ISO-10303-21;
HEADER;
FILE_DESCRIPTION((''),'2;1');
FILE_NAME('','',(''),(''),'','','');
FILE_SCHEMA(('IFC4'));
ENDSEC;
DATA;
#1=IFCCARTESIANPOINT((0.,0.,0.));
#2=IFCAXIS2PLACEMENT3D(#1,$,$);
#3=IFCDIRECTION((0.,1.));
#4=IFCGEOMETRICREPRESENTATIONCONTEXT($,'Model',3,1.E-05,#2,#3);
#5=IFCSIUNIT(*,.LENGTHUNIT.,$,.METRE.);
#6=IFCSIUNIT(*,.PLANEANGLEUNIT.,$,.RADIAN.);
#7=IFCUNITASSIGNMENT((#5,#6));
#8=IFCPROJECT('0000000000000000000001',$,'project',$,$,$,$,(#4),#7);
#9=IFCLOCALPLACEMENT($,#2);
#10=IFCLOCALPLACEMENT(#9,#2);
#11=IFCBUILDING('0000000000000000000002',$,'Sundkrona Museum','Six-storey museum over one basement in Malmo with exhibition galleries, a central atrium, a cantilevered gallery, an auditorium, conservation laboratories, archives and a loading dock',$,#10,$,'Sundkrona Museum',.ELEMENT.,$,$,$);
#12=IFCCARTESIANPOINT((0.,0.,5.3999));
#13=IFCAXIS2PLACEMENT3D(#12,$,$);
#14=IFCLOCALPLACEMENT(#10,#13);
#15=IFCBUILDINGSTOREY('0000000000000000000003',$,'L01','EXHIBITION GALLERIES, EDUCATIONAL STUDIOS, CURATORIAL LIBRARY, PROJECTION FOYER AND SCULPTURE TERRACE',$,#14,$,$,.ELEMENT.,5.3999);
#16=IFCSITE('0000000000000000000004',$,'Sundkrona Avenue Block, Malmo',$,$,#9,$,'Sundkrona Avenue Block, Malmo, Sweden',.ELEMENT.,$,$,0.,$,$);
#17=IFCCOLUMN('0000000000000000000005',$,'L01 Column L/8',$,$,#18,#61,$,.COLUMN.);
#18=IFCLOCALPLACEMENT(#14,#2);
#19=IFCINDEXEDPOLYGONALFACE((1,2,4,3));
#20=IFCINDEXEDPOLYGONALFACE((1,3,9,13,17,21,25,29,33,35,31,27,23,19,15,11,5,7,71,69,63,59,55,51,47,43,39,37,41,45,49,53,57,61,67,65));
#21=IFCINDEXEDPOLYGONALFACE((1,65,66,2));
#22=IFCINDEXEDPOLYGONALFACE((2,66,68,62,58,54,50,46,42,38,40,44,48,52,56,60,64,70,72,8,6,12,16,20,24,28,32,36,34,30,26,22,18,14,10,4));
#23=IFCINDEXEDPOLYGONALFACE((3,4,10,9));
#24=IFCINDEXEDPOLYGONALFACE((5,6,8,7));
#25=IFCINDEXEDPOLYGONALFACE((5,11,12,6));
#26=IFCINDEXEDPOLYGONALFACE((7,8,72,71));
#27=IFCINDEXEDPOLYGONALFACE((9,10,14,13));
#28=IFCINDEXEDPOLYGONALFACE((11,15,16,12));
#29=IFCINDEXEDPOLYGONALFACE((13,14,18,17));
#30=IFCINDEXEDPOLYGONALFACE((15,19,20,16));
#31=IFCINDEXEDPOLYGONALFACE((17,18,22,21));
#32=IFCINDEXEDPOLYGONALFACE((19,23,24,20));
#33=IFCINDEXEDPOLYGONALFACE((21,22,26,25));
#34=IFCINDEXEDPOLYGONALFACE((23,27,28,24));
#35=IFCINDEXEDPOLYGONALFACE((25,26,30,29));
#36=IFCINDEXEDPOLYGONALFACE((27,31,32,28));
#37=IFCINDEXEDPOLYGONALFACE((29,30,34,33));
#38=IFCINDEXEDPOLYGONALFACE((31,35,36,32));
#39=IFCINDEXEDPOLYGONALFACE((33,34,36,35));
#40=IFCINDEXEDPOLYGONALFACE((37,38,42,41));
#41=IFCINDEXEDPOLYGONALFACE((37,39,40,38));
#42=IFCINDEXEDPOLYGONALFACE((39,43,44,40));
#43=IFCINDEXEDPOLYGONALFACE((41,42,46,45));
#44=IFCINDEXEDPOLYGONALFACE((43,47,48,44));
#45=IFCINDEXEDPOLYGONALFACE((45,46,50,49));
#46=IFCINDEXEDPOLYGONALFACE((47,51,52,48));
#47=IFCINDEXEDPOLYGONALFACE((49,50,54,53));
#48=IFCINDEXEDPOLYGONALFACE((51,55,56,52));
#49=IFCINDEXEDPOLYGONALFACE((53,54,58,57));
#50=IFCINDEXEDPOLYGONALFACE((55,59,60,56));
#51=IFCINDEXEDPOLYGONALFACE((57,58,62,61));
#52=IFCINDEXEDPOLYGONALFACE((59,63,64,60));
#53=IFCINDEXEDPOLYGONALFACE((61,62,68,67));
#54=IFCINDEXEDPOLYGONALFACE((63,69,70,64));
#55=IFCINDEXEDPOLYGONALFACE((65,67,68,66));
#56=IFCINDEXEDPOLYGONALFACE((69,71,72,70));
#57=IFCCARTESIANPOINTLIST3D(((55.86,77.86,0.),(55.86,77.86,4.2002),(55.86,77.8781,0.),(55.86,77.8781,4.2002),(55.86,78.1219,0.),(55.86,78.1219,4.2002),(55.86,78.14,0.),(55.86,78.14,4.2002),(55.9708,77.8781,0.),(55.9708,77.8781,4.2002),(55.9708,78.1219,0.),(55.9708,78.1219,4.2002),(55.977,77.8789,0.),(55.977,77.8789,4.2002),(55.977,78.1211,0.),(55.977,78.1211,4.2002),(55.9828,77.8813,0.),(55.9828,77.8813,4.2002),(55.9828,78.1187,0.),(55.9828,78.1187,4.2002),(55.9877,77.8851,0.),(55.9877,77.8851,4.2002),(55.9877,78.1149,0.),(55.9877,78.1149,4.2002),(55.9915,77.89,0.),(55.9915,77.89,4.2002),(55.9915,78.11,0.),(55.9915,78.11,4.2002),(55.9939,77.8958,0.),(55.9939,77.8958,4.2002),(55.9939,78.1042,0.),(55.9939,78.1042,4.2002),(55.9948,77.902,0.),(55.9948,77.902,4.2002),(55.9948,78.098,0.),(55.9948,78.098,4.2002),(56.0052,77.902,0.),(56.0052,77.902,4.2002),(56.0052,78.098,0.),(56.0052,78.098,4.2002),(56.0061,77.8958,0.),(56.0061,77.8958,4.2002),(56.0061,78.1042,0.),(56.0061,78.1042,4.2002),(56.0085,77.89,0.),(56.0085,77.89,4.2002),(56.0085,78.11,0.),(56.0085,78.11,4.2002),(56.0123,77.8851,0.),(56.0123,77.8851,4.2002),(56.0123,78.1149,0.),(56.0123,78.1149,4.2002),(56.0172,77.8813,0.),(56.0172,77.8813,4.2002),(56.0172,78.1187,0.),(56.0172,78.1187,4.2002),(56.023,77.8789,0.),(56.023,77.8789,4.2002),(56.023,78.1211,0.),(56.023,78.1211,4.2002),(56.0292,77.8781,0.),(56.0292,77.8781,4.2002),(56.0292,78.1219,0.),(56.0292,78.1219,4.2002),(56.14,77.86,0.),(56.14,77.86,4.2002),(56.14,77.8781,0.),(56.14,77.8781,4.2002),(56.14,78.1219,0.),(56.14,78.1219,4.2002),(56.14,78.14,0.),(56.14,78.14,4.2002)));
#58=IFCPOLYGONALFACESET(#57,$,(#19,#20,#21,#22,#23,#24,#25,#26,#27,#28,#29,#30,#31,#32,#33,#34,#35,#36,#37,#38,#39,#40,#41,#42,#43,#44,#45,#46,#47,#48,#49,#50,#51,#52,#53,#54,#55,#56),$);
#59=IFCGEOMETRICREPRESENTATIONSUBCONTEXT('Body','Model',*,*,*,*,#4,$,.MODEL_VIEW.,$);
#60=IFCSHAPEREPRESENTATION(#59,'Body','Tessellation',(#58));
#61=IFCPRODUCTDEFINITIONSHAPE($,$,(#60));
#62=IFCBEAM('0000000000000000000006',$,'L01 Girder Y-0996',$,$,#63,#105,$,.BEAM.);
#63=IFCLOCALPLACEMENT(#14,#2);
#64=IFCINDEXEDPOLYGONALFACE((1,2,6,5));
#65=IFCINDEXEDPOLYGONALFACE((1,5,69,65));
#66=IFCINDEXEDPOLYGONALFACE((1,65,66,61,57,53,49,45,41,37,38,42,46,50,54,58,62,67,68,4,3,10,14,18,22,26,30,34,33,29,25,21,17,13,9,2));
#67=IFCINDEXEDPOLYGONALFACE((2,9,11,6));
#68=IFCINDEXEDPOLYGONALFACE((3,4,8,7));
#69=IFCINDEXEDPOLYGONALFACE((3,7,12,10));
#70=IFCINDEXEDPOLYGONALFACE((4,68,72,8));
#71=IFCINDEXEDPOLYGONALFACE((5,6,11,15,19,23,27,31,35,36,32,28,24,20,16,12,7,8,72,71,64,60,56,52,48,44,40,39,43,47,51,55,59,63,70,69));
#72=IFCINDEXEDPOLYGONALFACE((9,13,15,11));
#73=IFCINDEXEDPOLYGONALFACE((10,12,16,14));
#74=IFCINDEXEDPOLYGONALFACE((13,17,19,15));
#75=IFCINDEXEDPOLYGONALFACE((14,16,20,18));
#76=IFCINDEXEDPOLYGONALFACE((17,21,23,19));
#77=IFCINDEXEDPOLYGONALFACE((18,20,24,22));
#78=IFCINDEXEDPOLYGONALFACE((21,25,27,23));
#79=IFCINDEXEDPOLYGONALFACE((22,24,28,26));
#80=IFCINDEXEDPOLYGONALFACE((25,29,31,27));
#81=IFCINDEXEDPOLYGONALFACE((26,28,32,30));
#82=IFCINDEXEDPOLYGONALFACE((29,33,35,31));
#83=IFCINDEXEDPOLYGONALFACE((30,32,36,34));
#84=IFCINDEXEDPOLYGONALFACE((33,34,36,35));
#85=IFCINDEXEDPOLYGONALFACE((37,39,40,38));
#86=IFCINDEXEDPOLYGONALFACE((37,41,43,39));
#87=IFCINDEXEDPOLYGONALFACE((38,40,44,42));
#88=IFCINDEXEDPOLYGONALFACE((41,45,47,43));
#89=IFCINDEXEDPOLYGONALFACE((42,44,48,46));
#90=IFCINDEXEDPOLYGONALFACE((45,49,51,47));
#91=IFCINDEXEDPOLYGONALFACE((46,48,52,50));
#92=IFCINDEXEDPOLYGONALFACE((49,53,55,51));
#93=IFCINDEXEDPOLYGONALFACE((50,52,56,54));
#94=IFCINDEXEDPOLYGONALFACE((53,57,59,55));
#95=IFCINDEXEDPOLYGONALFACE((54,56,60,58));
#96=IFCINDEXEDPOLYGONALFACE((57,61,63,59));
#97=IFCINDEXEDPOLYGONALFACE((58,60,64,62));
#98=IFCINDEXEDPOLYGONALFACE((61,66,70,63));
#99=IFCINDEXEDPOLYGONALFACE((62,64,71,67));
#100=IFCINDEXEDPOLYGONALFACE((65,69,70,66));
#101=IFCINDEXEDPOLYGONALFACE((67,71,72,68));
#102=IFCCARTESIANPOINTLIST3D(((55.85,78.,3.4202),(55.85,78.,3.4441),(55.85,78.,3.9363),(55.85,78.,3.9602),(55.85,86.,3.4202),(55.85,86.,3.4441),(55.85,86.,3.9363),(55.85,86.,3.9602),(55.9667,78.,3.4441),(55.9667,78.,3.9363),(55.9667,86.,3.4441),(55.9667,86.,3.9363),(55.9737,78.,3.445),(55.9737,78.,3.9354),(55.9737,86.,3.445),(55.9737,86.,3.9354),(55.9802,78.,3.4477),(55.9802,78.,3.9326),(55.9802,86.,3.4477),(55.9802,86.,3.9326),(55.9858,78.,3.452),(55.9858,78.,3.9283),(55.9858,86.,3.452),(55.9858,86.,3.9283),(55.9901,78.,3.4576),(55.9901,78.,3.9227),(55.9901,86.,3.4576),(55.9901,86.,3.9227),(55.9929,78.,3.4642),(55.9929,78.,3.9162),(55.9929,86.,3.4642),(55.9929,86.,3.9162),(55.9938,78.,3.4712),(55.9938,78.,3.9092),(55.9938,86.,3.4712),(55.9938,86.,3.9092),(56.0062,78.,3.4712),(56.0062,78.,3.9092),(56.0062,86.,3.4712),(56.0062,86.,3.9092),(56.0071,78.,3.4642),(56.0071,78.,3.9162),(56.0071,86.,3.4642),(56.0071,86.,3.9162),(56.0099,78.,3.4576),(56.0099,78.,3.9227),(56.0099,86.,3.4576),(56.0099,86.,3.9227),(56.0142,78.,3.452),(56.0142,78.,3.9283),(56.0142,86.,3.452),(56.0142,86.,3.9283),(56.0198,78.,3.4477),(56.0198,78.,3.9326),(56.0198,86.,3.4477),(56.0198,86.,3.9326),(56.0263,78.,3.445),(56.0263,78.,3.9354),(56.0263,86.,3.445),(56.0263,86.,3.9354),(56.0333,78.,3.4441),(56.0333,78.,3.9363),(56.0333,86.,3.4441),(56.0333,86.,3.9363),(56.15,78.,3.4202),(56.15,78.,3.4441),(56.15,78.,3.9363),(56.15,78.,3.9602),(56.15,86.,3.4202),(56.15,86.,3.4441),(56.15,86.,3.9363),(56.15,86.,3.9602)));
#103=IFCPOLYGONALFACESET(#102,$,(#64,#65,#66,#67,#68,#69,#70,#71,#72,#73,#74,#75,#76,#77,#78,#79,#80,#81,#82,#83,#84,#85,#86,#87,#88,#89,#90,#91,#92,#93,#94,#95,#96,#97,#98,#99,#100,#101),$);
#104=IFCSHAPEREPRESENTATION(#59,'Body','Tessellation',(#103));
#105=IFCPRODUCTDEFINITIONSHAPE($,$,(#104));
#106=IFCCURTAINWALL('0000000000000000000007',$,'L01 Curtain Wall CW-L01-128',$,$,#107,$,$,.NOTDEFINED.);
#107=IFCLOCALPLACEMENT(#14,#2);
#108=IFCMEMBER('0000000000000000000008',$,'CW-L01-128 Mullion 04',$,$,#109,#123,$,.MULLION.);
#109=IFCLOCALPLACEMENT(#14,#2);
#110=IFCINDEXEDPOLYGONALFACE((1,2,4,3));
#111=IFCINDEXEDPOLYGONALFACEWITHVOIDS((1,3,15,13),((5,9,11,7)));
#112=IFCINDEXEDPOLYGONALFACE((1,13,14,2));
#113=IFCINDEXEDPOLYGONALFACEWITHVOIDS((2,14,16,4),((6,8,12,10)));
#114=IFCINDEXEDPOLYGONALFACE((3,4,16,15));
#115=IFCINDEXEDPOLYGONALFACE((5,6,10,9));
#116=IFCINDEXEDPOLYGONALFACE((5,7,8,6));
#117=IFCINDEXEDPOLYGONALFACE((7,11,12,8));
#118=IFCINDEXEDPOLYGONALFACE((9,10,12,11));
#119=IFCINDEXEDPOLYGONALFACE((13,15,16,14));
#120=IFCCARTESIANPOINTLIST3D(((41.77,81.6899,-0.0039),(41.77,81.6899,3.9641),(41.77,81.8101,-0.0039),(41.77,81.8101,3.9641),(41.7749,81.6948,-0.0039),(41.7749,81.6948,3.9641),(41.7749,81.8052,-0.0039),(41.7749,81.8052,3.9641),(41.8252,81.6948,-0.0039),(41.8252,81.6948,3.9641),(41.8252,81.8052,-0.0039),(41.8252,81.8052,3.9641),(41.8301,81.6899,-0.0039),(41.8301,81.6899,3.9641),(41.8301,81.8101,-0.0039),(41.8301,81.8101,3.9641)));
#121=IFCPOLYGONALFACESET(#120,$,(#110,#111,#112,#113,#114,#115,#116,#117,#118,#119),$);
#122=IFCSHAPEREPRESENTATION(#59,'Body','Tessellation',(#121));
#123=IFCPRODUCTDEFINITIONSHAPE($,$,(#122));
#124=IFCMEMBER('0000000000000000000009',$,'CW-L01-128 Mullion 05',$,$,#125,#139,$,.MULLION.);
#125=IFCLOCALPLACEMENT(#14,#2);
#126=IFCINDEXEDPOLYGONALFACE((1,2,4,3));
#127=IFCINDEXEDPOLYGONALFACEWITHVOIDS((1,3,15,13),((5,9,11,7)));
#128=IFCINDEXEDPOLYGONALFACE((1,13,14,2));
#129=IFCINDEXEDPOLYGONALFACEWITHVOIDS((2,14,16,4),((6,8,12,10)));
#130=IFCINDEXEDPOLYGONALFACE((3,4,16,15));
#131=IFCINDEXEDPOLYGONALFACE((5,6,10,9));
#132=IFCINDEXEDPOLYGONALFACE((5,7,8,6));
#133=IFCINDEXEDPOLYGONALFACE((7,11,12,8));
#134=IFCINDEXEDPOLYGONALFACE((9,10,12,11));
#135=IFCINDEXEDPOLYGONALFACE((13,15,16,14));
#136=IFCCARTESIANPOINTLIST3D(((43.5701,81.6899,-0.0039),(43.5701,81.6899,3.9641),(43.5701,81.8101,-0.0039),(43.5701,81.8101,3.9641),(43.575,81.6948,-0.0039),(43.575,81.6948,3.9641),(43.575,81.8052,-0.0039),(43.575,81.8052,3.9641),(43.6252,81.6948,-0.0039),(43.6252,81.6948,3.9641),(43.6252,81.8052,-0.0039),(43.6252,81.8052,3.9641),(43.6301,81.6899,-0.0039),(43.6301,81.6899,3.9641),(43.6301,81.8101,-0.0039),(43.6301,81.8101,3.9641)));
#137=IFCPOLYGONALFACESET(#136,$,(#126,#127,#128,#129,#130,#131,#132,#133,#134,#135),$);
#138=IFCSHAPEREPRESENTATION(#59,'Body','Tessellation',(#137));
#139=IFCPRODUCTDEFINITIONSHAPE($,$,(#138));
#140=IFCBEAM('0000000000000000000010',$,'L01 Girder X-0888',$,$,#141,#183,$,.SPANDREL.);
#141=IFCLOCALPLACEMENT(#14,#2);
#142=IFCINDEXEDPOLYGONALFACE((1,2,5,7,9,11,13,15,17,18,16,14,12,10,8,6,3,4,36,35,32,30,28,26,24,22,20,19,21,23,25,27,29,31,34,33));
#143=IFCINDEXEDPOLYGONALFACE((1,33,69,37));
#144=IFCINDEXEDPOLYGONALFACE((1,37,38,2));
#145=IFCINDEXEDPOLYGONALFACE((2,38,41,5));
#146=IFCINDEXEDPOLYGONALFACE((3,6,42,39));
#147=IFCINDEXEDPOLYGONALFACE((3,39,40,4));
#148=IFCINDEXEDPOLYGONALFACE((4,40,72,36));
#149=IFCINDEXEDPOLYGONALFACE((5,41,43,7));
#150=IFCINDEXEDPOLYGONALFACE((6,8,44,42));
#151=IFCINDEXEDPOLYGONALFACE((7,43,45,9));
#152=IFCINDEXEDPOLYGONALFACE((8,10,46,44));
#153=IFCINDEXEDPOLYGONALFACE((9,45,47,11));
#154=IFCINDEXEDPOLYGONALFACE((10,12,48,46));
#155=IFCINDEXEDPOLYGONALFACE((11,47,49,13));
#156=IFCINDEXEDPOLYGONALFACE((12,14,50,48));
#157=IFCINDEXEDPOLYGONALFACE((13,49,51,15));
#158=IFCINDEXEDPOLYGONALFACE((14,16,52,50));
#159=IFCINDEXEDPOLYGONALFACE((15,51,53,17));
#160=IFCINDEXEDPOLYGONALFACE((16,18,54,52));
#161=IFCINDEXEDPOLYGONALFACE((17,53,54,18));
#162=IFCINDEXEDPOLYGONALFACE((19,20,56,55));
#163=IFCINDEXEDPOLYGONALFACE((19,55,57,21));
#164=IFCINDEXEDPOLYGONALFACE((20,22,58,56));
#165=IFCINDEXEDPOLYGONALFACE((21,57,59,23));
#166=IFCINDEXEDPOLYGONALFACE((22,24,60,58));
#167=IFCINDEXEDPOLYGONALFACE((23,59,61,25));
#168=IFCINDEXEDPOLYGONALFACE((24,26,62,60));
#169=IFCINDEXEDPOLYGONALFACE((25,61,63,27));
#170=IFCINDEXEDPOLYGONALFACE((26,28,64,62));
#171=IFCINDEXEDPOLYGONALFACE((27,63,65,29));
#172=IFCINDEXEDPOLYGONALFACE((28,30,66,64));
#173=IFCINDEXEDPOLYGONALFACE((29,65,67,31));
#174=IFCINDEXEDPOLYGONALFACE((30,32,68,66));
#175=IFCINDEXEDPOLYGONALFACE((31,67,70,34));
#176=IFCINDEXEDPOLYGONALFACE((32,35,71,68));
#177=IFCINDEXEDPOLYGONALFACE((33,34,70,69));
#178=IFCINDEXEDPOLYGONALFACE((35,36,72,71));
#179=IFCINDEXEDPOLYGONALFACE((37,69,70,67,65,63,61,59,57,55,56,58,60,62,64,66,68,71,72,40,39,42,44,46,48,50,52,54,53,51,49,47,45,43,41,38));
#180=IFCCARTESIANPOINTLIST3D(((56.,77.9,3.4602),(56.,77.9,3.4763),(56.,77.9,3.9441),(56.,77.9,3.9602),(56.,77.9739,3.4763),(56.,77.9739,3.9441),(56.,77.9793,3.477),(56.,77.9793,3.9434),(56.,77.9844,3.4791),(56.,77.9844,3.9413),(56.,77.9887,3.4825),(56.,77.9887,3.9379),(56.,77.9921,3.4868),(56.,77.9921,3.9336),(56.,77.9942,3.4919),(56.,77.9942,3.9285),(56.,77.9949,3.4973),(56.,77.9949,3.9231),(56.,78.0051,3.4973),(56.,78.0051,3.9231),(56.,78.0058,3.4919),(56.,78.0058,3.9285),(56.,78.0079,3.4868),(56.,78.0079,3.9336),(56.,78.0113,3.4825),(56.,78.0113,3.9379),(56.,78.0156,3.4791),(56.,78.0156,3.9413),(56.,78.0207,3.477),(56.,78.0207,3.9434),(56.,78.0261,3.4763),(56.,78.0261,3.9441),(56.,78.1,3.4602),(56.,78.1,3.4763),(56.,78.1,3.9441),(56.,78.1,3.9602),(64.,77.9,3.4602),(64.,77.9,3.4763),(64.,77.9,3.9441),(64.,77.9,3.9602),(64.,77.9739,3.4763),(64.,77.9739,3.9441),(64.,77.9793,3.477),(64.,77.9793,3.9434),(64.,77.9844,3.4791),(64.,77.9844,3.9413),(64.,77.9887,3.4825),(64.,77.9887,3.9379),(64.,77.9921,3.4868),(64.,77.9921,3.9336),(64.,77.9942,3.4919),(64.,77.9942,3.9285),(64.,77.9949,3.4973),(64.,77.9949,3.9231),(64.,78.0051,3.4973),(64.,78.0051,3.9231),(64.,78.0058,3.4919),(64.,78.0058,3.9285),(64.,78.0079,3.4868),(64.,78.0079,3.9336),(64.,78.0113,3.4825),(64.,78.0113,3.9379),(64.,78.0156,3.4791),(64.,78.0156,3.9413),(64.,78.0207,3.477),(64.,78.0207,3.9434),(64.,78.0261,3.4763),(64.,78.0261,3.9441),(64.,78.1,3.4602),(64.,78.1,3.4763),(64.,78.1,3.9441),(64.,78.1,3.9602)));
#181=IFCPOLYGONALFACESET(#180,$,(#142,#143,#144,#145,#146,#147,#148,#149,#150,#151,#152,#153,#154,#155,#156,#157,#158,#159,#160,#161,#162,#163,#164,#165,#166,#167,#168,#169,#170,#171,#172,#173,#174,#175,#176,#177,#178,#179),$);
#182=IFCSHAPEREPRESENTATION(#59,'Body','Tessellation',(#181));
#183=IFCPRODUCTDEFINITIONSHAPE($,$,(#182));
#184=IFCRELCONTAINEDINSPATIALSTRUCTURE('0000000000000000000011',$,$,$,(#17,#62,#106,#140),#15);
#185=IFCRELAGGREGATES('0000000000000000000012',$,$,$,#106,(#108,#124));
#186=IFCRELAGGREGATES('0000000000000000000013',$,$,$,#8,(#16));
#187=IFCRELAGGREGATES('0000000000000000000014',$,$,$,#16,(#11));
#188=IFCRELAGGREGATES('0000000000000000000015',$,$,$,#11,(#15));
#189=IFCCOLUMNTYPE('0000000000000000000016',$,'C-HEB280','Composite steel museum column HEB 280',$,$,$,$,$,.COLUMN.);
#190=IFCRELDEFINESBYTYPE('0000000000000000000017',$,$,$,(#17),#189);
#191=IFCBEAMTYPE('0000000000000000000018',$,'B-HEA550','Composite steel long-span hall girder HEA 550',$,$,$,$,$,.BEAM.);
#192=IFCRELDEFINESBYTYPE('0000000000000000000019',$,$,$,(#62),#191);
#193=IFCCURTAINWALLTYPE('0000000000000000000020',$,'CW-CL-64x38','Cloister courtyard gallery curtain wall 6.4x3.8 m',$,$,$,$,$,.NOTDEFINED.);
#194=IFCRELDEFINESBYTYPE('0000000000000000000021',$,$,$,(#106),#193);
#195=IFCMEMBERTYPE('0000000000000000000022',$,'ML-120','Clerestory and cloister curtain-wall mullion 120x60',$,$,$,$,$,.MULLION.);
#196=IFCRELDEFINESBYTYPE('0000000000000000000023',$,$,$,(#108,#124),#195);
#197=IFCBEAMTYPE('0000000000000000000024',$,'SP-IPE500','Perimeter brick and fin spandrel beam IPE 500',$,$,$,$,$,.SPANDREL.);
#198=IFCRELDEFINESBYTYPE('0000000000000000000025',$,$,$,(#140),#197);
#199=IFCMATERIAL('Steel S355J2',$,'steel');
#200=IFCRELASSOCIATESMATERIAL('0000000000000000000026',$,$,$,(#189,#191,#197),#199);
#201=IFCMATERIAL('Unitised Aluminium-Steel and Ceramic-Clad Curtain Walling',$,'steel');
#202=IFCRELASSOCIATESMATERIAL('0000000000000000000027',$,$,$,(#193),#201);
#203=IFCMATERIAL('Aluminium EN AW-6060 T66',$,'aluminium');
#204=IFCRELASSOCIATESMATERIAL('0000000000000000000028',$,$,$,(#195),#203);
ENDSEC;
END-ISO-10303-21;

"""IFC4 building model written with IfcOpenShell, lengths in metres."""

from ifc_helpers import new_model, si_unit, direction, frame, origin, origin_2d, place, context, subcontext, project, spatial, hollow_rectangle, i_section, extrude, material, material_profile, profile_set, type_object, element, aggregate, save


model = new_model("IFC4")

# Units and contexts
model_context = context("Model", 3, precision=1e-05, world=origin(), true_north=direction((0.0, 1.0)))
body_context = subcontext(model_context, "Body", "Model", "MODEL_VIEW")
ifc_project = project(units=[si_unit("LENGTHUNIT", "METRE"), si_unit("PLANEANGLEUNIT", "RADIAN")], contexts=[model_context])

# Site, building, storey
site_placement = place(None, origin())
site = spatial("IfcSite", under=ifc_project, at=site_placement, Name="Sundkrona Avenue Block, Malmo", LongName="Sundkrona Avenue Block, Malmo, Sweden", CompositionType="ELEMENT", RefElevation=0.0)
building_placement = place(site_placement, origin())
building = spatial("IfcBuilding", under=site, at=building_placement, Name="Sundkrona Museum", Description="Six-storey museum over one basement in Malmo with exhibition galleries, a central atrium, a cantilevered gallery, an auditorium, conservation laboratories, archives and a loading dock", LongName="Sundkrona Museum", CompositionType="ELEMENT")
storey_placement = place(building_placement, frame((0.0, 0.0, 5.3999)))
storey = spatial("IfcBuildingStorey", under=building, at=storey_placement, Name="L01", Description="EXHIBITION GALLERIES, EDUCATIONAL STUDIOS, CURATORIAL LIBRARY, PROJECTION FOYER AND SCULPTURE TERRACE", CompositionType="ELEMENT", Elevation=5.3999)

# Column
ifc_material_1 = material(Name="Steel S355J2", Category="steel")
ifc_material_profile_1 = material_profile(ifc_material_1, i_section(OverallWidth=0.28, OverallDepth=0.28, WebThickness=0.0105, FlangeThickness=0.0181, FilletRadius=0.0239, at=origin_2d()), Name="HEB 280")
ifc_profile_set_1 = profile_set([ifc_material_profile_1], Name="Steel S355J2")
column_type = type_object("IfcColumnType", Name="C-HEB280", Description="Composite steel museum column HEB 280", PredefinedType="COLUMN", material=ifc_profile_set_1)
column_placement = place(storey_placement, frame((56.0, 78.0, 0.0), z_axis=(0.0, 0.0, 1.0), x_axis=(1.0, 0.0, 0.0)))
element("IfcColumn", 1, at=column_placement, inside=storey, type_object=column_type, Name="L01 Column L/8", PredefinedType="COLUMN", context=body_context, shape_type="SweptSolid", body=[
    extrude(i_section(OverallWidth=0.28, OverallDepth=0.28, WebThickness=0.0105, FlangeThickness=0.0181, FilletRadius=0.0239, at=origin_2d()), origin(), (0.0, 0.0, 1.0), 4.2002),
])

# Beam
ifc_material_profile_2 = material_profile(ifc_material_1, i_section(OverallWidth=0.3, OverallDepth=0.54, WebThickness=0.0125, FlangeThickness=0.0239, FilletRadius=0.0271, at=origin_2d()), Name="HEA 550")
ifc_profile_set_2 = profile_set([ifc_material_profile_2], Name="Steel S355J2")
beam_type_1 = type_object("IfcBeamType", Name="B-HEA550", Description="Composite steel long-span hall girder HEA 550", PredefinedType="BEAM", material=ifc_profile_set_2)
beam_1_placement = place(storey_placement, frame((56.0, 78.0, 3.6902), z_axis=(0.0, 1.0, 0.0), x_axis=(-1.0, 0.0, 0.0)))
element("IfcBeam", 2, at=beam_1_placement, inside=storey, type_object=beam_type_1, Name="L01 Girder Y-0996", PredefinedType="BEAM", context=body_context, shape_type="SweptSolid", body=[
    extrude(i_section(OverallWidth=0.3, OverallDepth=0.54, WebThickness=0.0125, FlangeThickness=0.0239, FilletRadius=0.0271, at=origin_2d()), origin(), (0.0, 0.0, 1.0), 8.0),
])

# Curtain wall, members
ifc_material_2 = material(Name="Unitised Aluminium-Steel and Ceramic-Clad Curtain Walling", Category="steel")
curtain_wall_type = type_object("IfcCurtainWallType", Name="CW-CL-64x38", Description="Cloister courtyard gallery curtain wall 6.4x3.8 m", PredefinedType="NOTDEFINED", material=ifc_material_2)
curtain_wall_placement = place(storey_placement, origin())
curtain_wall = element("IfcCurtainWall", 3, at=curtain_wall_placement, inside=storey, type_object=curtain_wall_type, Name="L01 Curtain Wall CW-L01-128", PredefinedType="NOTDEFINED")
ifc_material_3 = material(Name="Aluminium EN AW-6060 T66", Category="aluminium")
ifc_material_profile_3 = material_profile(ifc_material_3, hollow_rectangle(XDim=0.0601, YDim=0.1201, WallThickness=0.0049, at=origin_2d()), Name="RHS 120x60x5.0")
ifc_profile_set_3 = profile_set([ifc_material_profile_3], Name="Aluminium EN AW-6060 T66")
member_type_1 = type_object("IfcMemberType", Name="ML-120", Description="Clerestory and cloister curtain-wall mullion 120x60", PredefinedType="MULLION", material=ifc_profile_set_3)
member_1_placement = place(storey_placement, frame((41.8, 81.75, -0.0039), z_axis=(0.0, 0.0, 1.0), x_axis=(1.0, 0.0, 0.0)))
member_1 = element("IfcMember", 4, at=member_1_placement, type_object=member_type_1, Name="CW-L01-128 Mullion 04", PredefinedType="MULLION", context=body_context, shape_type="SweptSolid", body=[
    extrude(hollow_rectangle(XDim=0.0601, YDim=0.1201, WallThickness=0.0049, at=origin_2d()), origin(), (0.0, 0.0, 1.0), 3.968),
])
member_2_placement = place(storey_placement, frame((43.6001, 81.75, -0.0039), z_axis=(0.0, 0.0, 1.0), x_axis=(1.0, 0.0, 0.0)))
member_2 = element("IfcMember", 5, at=member_2_placement, type_object=member_type_1, Name="CW-L01-128 Mullion 05", PredefinedType="MULLION", context=body_context, shape_type="SweptSolid", body=[
    extrude(hollow_rectangle(XDim=0.0601, YDim=0.1201, WallThickness=0.0049, at=origin_2d()), origin(), (0.0, 0.0, 1.0), 3.968),
])

# Beam
ifc_material_profile_4 = material_profile(ifc_material_1, i_section(OverallWidth=0.2, OverallDepth=0.5, WebThickness=0.0103, FlangeThickness=0.0161, FilletRadius=0.021, at=origin_2d()), Name="IPE 500")
ifc_profile_set_4 = profile_set([ifc_material_profile_4], Name="Steel S355J2")
beam_type_2 = type_object("IfcBeamType", Name="SP-IPE500", Description="Perimeter brick and fin spandrel beam IPE 500", PredefinedType="SPANDREL", material=ifc_profile_set_4)
beam_2_placement = place(storey_placement, frame((56.0, 78.0, 3.7102), z_axis=(1.0, 0.0, 0.0), x_axis=(0.0, 1.0, 0.0)))
element("IfcBeam", 6, at=beam_2_placement, inside=storey, type_object=beam_type_2, Name="L01 Girder X-0888", PredefinedType="SPANDREL", context=body_context, shape_type="SweptSolid", body=[
    extrude(i_section(OverallWidth=0.2, OverallDepth=0.5, WebThickness=0.0103, FlangeThickness=0.0161, FilletRadius=0.021, at=origin_2d()), origin(), (0.0, 0.0, 1.0), 8.0),
])

aggregate(curtain_wall, [member_1, member_2])

save(model, "model.ifc")
